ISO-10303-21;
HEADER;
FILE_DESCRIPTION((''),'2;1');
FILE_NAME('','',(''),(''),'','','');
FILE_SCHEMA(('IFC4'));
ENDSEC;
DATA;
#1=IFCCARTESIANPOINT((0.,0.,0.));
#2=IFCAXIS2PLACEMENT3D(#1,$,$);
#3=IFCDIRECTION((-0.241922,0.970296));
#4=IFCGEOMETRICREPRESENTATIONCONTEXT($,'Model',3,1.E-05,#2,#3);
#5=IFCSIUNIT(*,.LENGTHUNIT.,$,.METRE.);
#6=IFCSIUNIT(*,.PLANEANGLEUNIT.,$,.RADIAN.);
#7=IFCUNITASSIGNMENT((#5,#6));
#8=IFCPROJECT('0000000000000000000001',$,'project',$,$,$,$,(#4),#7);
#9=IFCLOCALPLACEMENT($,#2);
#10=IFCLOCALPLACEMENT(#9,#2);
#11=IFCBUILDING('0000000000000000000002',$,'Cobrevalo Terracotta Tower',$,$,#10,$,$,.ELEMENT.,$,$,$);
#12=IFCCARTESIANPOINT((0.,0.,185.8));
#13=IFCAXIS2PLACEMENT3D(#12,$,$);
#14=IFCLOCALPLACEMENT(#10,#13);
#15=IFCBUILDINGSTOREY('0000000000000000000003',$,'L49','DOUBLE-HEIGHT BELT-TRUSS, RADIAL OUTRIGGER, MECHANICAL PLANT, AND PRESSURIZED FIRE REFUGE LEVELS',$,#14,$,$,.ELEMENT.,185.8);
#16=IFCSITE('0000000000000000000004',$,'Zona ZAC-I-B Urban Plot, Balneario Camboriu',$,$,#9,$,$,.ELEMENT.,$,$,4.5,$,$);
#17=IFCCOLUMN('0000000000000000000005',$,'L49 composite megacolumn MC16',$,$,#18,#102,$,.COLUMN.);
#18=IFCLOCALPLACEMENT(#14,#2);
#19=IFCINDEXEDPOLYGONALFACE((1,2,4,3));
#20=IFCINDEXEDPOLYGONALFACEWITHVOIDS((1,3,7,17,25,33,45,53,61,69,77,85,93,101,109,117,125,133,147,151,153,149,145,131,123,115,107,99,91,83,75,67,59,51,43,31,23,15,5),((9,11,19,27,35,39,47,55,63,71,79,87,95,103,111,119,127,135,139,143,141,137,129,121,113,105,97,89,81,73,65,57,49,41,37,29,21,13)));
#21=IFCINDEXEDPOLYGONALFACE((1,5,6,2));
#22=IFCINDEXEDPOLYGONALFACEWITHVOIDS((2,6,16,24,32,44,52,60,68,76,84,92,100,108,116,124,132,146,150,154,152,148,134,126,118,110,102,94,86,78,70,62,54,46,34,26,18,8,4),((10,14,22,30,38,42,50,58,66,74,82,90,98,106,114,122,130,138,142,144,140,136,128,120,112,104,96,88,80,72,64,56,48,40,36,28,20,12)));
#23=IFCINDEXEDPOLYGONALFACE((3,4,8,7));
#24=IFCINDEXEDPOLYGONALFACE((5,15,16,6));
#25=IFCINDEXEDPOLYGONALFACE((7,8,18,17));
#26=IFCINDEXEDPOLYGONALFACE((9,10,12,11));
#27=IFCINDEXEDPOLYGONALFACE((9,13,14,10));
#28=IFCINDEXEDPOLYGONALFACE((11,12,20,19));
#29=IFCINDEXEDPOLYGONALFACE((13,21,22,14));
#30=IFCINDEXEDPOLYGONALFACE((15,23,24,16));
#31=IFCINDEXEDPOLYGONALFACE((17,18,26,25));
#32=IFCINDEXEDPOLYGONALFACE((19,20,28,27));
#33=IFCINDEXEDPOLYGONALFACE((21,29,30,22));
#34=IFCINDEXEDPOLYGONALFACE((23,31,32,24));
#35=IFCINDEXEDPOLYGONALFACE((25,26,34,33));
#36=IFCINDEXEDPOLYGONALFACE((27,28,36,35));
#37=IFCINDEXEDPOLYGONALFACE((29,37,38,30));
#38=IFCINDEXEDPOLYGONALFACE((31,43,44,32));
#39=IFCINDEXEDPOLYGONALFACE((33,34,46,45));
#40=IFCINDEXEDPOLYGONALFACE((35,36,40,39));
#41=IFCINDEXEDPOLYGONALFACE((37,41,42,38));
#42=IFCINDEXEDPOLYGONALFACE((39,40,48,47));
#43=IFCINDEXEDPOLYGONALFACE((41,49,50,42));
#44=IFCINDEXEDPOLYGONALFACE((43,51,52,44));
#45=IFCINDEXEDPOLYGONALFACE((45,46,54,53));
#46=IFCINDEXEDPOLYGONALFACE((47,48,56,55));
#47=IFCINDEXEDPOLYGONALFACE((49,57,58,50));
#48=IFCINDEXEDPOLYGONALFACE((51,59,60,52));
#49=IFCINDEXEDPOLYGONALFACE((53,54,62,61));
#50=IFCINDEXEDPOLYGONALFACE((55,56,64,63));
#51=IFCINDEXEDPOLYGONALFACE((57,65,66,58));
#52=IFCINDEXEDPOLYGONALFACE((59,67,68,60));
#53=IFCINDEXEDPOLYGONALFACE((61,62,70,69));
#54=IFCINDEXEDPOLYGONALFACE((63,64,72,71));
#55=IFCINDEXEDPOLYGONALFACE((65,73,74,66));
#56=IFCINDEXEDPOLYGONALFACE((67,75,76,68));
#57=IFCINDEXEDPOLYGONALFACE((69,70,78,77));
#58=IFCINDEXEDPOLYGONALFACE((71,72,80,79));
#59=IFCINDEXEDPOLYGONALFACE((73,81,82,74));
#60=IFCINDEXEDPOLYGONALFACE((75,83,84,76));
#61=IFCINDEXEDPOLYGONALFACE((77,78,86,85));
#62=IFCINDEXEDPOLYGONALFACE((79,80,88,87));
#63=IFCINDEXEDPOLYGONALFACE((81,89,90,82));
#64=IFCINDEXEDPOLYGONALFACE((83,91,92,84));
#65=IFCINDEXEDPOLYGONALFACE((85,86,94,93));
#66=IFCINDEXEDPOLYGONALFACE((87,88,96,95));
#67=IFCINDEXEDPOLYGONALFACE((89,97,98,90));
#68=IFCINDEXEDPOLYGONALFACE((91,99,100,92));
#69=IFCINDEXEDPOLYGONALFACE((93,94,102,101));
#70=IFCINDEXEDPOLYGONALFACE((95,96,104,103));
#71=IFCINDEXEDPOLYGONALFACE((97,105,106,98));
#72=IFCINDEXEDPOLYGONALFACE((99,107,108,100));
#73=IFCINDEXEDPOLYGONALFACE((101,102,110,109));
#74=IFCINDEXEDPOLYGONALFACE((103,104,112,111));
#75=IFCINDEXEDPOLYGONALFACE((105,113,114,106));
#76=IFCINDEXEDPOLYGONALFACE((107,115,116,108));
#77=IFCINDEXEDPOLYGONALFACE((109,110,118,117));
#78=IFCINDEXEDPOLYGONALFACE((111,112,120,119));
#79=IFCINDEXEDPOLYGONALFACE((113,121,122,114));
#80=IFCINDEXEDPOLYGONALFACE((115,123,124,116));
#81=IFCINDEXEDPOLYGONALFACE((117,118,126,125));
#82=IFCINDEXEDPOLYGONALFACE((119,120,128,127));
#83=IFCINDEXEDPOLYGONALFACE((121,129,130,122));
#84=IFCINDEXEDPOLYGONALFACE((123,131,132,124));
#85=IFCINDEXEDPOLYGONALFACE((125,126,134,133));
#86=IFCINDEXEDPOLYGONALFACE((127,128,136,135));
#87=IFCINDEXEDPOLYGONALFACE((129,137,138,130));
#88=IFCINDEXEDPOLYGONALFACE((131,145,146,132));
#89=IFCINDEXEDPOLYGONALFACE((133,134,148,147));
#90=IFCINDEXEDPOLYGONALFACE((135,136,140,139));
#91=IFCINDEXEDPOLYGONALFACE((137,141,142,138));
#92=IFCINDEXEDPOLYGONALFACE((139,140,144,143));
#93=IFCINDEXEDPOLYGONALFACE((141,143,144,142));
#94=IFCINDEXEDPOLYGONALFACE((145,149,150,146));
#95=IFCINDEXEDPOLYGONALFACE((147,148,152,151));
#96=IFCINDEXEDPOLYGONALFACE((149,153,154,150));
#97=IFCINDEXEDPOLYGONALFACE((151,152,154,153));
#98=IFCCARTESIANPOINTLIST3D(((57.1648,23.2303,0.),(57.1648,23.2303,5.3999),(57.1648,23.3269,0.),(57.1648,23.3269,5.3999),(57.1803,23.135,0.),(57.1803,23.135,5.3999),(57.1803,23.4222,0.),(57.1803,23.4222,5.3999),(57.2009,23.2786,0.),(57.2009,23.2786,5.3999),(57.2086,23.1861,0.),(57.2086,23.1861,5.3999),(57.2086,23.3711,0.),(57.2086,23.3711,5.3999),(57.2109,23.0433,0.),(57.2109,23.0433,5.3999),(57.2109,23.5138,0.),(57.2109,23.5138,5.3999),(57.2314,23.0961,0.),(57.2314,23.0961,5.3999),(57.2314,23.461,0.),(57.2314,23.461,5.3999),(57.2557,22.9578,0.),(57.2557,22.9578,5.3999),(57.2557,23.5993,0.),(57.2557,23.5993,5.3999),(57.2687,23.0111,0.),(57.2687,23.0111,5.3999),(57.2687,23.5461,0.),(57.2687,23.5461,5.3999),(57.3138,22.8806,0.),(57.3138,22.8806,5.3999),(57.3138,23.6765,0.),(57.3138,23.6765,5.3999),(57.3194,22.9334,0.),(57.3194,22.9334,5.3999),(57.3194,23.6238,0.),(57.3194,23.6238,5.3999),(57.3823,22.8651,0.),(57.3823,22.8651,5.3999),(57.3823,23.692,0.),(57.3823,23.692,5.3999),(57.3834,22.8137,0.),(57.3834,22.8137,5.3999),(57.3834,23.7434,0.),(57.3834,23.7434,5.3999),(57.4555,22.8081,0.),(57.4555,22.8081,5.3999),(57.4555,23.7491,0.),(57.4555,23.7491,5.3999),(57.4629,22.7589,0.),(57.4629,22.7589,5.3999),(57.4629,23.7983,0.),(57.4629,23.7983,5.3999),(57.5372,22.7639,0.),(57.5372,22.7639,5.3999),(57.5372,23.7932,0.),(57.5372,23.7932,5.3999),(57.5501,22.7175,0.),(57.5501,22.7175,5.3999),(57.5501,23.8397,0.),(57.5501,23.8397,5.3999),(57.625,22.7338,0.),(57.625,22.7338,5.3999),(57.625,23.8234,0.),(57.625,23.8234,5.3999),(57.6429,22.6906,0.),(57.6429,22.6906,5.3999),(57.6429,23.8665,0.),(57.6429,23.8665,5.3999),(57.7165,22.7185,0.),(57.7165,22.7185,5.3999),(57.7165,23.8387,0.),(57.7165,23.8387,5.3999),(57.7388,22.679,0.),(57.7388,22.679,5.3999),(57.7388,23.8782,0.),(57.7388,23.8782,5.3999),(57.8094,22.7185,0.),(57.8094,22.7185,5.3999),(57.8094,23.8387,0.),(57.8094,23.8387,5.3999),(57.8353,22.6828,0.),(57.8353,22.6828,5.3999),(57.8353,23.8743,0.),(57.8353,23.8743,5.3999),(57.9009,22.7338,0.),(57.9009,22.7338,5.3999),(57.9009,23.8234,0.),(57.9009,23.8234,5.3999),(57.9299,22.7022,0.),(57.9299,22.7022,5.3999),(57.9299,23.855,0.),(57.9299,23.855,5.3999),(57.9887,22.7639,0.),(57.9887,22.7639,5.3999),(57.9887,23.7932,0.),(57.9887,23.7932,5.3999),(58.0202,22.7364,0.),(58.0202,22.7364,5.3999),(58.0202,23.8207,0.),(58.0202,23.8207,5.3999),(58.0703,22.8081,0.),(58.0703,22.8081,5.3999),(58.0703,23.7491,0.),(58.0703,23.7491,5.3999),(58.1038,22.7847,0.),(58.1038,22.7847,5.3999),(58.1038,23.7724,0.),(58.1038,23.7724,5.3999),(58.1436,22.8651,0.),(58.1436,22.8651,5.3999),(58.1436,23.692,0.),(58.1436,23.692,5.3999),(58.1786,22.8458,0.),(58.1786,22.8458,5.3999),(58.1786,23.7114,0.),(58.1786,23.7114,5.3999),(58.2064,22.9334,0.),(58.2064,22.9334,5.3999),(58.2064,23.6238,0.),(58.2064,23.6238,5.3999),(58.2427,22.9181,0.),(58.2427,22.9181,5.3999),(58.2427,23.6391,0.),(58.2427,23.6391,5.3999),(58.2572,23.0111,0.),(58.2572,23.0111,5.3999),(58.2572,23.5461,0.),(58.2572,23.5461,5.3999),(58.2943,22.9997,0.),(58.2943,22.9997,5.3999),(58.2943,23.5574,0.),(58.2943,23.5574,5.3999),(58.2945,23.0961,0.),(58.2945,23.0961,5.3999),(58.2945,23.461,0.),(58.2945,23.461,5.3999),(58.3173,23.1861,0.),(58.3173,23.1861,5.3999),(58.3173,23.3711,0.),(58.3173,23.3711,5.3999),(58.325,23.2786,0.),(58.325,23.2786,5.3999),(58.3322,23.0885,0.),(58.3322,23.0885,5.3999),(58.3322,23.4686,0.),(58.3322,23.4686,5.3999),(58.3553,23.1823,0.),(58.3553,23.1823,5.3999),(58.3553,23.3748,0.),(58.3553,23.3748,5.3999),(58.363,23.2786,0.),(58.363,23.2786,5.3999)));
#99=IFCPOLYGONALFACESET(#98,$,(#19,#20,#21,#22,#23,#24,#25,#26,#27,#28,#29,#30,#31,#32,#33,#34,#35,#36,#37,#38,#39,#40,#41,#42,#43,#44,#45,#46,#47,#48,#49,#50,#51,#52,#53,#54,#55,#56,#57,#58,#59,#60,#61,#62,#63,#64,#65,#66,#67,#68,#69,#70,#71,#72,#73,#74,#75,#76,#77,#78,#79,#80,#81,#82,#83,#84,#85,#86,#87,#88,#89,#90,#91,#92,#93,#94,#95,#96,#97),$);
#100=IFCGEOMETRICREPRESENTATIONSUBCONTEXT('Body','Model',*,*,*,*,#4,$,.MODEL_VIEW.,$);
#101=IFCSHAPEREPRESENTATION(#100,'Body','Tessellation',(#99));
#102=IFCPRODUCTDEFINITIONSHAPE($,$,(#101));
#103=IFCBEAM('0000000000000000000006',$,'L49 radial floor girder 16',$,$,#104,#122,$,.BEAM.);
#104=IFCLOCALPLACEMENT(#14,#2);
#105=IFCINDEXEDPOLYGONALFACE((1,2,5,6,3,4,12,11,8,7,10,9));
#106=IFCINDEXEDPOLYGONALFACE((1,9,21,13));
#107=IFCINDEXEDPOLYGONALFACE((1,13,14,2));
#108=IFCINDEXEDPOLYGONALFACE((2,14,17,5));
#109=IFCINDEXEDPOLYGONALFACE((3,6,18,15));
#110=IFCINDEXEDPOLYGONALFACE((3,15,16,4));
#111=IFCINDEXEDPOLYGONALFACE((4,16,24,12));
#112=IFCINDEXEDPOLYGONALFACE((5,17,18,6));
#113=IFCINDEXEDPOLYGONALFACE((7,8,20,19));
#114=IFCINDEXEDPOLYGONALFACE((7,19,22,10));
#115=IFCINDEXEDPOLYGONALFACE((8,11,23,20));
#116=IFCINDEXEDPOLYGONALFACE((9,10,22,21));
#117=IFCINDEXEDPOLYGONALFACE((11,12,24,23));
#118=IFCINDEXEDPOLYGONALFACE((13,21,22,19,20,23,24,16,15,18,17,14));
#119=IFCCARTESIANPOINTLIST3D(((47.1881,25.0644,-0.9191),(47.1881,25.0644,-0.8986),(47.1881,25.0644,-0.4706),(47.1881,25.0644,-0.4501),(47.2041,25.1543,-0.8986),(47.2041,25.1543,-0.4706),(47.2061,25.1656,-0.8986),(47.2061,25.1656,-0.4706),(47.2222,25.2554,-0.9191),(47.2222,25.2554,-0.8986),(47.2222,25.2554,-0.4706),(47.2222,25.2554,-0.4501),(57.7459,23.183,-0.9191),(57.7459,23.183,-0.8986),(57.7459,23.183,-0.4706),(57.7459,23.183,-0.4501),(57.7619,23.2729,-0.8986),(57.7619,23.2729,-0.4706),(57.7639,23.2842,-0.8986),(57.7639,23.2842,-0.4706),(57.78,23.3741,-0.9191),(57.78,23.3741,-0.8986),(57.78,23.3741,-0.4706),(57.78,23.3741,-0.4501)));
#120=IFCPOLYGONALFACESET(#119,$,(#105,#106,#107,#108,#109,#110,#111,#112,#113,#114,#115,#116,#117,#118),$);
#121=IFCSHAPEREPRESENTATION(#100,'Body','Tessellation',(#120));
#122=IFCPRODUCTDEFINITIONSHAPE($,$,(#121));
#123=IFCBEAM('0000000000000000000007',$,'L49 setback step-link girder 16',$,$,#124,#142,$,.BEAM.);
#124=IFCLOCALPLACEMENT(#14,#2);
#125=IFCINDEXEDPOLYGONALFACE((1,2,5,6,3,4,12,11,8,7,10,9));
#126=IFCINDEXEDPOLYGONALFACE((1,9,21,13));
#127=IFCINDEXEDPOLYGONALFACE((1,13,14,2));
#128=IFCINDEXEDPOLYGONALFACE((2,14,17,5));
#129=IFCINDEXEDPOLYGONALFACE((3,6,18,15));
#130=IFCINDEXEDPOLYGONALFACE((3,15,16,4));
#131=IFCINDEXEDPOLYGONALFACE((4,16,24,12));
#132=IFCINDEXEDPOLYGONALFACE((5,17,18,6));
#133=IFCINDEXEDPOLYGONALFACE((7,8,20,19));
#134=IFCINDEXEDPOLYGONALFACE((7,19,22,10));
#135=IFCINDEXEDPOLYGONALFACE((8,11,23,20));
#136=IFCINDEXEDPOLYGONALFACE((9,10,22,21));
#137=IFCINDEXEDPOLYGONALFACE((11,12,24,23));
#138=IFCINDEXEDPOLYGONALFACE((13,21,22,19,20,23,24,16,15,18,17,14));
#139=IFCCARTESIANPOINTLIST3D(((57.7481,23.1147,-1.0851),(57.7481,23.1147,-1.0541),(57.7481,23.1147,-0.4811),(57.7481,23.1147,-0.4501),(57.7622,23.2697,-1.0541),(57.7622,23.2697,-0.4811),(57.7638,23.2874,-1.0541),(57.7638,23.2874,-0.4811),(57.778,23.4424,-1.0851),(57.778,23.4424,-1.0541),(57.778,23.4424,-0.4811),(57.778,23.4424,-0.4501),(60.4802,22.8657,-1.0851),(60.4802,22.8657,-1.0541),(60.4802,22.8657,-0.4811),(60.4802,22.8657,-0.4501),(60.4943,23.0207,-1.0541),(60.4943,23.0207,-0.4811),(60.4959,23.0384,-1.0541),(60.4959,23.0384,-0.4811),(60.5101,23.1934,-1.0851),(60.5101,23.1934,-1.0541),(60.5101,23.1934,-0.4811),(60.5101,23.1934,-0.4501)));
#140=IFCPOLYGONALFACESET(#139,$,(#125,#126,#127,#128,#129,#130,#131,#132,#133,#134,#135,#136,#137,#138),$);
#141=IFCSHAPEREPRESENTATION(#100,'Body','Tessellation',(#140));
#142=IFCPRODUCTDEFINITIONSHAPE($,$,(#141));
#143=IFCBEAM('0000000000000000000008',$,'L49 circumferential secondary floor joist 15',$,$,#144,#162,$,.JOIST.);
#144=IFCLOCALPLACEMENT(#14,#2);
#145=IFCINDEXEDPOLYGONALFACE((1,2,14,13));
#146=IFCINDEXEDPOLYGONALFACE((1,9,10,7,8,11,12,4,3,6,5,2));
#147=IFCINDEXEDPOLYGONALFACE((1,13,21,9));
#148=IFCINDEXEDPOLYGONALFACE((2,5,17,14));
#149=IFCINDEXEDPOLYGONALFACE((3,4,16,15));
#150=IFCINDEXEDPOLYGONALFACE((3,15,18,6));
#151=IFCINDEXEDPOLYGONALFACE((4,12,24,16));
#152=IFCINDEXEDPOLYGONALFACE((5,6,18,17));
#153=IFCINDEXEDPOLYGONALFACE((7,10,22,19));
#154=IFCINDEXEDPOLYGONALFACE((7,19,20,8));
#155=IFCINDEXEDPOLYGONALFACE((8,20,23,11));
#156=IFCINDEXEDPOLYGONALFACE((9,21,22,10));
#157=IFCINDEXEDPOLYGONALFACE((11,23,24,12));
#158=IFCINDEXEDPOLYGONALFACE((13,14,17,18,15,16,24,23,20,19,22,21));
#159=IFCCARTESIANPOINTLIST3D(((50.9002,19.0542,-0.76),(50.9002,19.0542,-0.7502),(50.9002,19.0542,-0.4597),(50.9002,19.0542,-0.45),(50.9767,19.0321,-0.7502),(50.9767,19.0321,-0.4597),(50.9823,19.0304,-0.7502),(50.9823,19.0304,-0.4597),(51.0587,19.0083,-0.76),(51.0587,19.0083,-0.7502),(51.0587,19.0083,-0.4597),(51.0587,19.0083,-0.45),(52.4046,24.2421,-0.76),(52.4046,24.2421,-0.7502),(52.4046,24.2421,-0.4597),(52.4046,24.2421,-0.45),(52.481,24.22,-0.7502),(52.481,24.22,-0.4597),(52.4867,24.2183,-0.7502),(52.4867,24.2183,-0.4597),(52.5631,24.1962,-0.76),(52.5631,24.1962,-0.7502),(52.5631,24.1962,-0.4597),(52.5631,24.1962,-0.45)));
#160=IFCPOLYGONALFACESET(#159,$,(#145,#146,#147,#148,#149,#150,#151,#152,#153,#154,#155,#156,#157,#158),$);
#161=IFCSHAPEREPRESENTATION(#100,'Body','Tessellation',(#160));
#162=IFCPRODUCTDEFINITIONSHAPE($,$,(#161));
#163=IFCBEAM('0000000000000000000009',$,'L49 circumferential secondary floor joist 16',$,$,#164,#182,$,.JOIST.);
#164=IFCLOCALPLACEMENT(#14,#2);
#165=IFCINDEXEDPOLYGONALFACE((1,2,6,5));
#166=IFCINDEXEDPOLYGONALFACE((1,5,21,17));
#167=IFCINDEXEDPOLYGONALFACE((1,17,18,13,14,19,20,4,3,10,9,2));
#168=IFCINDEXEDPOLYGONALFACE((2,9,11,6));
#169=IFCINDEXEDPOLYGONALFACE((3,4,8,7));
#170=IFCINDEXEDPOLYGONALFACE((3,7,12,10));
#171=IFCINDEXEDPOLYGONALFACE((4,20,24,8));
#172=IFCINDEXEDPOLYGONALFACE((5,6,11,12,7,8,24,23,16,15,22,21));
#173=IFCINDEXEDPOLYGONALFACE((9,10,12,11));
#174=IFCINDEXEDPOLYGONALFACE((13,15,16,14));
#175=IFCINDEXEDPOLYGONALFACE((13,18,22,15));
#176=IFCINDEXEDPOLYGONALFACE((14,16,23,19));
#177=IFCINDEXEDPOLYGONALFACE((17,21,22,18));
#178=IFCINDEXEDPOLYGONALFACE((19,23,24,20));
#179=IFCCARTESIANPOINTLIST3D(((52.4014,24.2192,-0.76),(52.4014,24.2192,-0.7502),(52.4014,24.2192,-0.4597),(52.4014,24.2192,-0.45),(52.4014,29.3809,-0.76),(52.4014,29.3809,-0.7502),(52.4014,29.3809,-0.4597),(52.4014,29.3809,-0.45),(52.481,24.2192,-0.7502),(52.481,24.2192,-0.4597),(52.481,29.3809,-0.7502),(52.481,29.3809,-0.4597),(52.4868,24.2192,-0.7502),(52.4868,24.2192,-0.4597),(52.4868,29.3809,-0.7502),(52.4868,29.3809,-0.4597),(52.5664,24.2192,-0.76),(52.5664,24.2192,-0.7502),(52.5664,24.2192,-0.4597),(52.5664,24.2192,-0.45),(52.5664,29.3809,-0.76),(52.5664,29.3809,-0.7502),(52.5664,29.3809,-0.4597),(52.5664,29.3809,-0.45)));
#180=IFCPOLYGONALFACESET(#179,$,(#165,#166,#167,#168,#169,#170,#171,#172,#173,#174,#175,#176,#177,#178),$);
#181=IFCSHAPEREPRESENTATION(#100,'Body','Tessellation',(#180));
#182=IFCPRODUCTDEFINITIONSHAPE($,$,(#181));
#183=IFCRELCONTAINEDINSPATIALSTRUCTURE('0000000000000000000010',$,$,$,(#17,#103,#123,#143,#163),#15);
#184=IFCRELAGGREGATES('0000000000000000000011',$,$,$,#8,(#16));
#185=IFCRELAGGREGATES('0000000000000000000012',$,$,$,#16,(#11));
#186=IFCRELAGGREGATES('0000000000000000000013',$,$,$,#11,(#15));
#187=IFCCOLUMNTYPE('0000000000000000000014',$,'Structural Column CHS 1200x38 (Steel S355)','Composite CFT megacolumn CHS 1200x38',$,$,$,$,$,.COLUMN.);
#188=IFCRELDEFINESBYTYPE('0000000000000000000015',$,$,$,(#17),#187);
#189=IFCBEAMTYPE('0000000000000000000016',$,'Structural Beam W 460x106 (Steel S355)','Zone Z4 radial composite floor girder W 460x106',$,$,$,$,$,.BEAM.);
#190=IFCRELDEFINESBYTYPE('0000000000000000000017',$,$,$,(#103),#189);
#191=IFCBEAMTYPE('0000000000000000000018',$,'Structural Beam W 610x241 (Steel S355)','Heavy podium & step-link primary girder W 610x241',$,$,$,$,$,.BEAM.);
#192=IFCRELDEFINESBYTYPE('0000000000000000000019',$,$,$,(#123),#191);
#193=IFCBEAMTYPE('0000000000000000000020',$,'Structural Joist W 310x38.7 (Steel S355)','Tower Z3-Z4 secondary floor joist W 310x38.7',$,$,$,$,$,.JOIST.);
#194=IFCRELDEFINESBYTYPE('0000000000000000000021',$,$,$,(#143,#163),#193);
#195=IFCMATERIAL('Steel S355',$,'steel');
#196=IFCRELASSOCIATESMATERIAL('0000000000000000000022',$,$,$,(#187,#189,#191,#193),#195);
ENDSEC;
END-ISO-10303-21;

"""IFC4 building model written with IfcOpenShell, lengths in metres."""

from ifc_helpers import new_model, si_unit, direction, frame, origin, origin_2d, place, context, subcontext, project, spatial, hollow_circle, i_section, extrude, material, material_profile, profile_set, type_object, element, save


model = new_model("IFC4")

# Units and contexts
model_context = context("Model", 3, precision=1e-05, world=origin(), true_north=direction((-0.241922, 0.970296)))
body_context = subcontext(model_context, "Body", "Model", "MODEL_VIEW")
ifc_project = project(units=[si_unit("LENGTHUNIT", "METRE"), si_unit("PLANEANGLEUNIT", "RADIAN")], contexts=[model_context])

# Site, building, storey
site_placement = place(None, origin())
site = spatial("IfcSite", under=ifc_project, at=site_placement, Name="Zona ZAC-I-B Urban Plot, Balneario Camboriu", CompositionType="ELEMENT", RefElevation=4.5)
building_placement = place(site_placement, origin())
building = spatial("IfcBuilding", under=site, at=building_placement, Name="Cobrevalo Terracotta Tower", CompositionType="ELEMENT")
storey_placement = place(building_placement, frame((0.0, 0.0, 185.8)))
storey = spatial("IfcBuildingStorey", under=building, at=storey_placement, Name="L49", Description="DOUBLE-HEIGHT BELT-TRUSS, RADIAL OUTRIGGER, MECHANICAL PLANT, AND PRESSURIZED FIRE REFUGE LEVELS", CompositionType="ELEMENT", Elevation=185.8)

# Column
ifc_material_1 = material(Name="Steel S355", Category="steel")
ifc_material_profile_1 = material_profile(ifc_material_1, hollow_circle(Radius=0.6001, WallThickness=0.0381, at=origin_2d()), Name="CHS 1200x38")
ifc_profile_set_1 = profile_set([ifc_material_profile_1], Name="Steel S355")
column_type = type_object("IfcColumnType", Name="Structural Column CHS 1200x38 (Steel S355)", Description="Composite CFT megacolumn CHS 1200x38", PredefinedType="COLUMN", material=ifc_profile_set_1)
column_placement = place(storey_placement, frame((57.7629, 23.2786, 0.0), z_axis=(0.0, 0.0, 1.0), x_axis=(1.0, 0.0, 0.0)))
element("IfcColumn", 1, at=column_placement, inside=storey, type_object=column_type, Name="L49 composite megacolumn MC16", PredefinedType="COLUMN", context=body_context, shape_type="SweptSolid", body=[
    extrude(hollow_circle(Radius=0.6001, WallThickness=0.0381, at=origin_2d()), origin(), (0.0, 0.0, 1.0), 5.3999),
])

# Beams
ifc_material_profile_2 = material_profile(ifc_material_1, i_section(OverallWidth=0.1941, OverallDepth=0.469, WebThickness=0.0115, FlangeThickness=0.0205, at=origin_2d()), Name="W 460x106")
ifc_profile_set_2 = profile_set([ifc_material_profile_2], Name="Steel S355")
beam_type_1 = type_object("IfcBeamType", Name="Structural Beam W 460x106 (Steel S355)", Description="Zone Z4 radial composite floor girder W 460x106", PredefinedType="BEAM", material=ifc_profile_set_2)
beam_1_placement = place(storey_placement, frame((57.7629, 23.2786, -0.6846), z_axis=(-0.984492, 0.175431, 0.0), x_axis=(-0.175431, -0.984492, 0.0)))
element("IfcBeam", 2, at=beam_1_placement, inside=storey, type_object=beam_type_1, Name="L49 radial floor girder 16", PredefinedType="BEAM", context=body_context, shape_type="SweptSolid", body=[
    extrude(i_section(OverallWidth=0.1941, OverallDepth=0.469, WebThickness=0.0115, FlangeThickness=0.0205, at=origin_2d()), origin(), (0.0, 0.0, 1.0), 10.7241),
])
ifc_material_profile_3 = material_profile(ifc_material_1, i_section(OverallWidth=0.3291, OverallDepth=0.635, WebThickness=0.0178, FlangeThickness=0.031, at=origin_2d()), Name="W 610x241")
ifc_profile_set_3 = profile_set([ifc_material_profile_3], Name="Steel S355")
beam_type_2 = type_object("IfcBeamType", Name="Structural Beam W 610x241 (Steel S355)", Description="Heavy podium & step-link primary girder W 610x241", PredefinedType="BEAM", material=ifc_profile_set_3)
beam_2_placement = place(storey_placement, frame((60.4951, 23.0295, -0.7676), z_axis=(-0.995872, 0.090768, 0.0), x_axis=(-0.090768, -0.995872, 0.0)))
element("IfcBeam", 3, at=beam_2_placement, inside=storey, type_object=beam_type_2, Name="L49 setback step-link girder 16", PredefinedType="BEAM", context=body_context, shape_type="SweptSolid", body=[
    extrude(i_section(OverallWidth=0.3291, OverallDepth=0.635, WebThickness=0.0178, FlangeThickness=0.031, at=origin_2d()), origin(), (0.0, 0.0, 1.0), 2.7434),
])
ifc_material_profile_4 = material_profile(ifc_material_1, i_section(OverallWidth=0.165, OverallDepth=0.3101, WebThickness=0.0059, FlangeThickness=0.0098, at=origin_2d()), Name="W 310x38.7")
ifc_profile_set_4 = profile_set([ifc_material_profile_4], Name="Steel S355")
beam_type_3 = type_object("IfcBeamType", Name="Structural Joist W 310x38.7 (Steel S355)", Description="Tower Z3-Z4 secondary floor joist W 310x38.7", PredefinedType="JOIST", material=ifc_profile_set_4)
beam_3_placement = place(storey_placement, frame((50.9795, 19.0312, -0.605), z_axis=(0.278504, 0.960435, 0.0), x_axis=(-0.960435, 0.278504, 0.0)))
element("IfcBeam", 4, at=beam_3_placement, inside=storey, type_object=beam_type_3, Name="L49 circumferential secondary floor joist 15", PredefinedType="JOIST", context=body_context, shape_type="SweptSolid", body=[
    extrude(i_section(OverallWidth=0.165, OverallDepth=0.3101, WebThickness=0.0059, FlangeThickness=0.0098, at=origin_2d()), origin(), (0.0, 0.0, 1.0), 5.4016),
])
beam_4_placement = place(storey_placement, frame((52.4839, 24.2192, -0.605), z_axis=(0.0, 1.0, 0.0), x_axis=(-1.0, 0.0, 0.0)))
element("IfcBeam", 5, at=beam_4_placement, inside=storey, type_object=beam_type_3, Name="L49 circumferential secondary floor joist 16", PredefinedType="JOIST", context=body_context, shape_type="SweptSolid", body=[
    extrude(i_section(OverallWidth=0.165, OverallDepth=0.3101, WebThickness=0.0059, FlangeThickness=0.0098, at=origin_2d()), origin(), (0.0, 0.0, 1.0), 5.1616),
])

save(model, "model.ifc")
